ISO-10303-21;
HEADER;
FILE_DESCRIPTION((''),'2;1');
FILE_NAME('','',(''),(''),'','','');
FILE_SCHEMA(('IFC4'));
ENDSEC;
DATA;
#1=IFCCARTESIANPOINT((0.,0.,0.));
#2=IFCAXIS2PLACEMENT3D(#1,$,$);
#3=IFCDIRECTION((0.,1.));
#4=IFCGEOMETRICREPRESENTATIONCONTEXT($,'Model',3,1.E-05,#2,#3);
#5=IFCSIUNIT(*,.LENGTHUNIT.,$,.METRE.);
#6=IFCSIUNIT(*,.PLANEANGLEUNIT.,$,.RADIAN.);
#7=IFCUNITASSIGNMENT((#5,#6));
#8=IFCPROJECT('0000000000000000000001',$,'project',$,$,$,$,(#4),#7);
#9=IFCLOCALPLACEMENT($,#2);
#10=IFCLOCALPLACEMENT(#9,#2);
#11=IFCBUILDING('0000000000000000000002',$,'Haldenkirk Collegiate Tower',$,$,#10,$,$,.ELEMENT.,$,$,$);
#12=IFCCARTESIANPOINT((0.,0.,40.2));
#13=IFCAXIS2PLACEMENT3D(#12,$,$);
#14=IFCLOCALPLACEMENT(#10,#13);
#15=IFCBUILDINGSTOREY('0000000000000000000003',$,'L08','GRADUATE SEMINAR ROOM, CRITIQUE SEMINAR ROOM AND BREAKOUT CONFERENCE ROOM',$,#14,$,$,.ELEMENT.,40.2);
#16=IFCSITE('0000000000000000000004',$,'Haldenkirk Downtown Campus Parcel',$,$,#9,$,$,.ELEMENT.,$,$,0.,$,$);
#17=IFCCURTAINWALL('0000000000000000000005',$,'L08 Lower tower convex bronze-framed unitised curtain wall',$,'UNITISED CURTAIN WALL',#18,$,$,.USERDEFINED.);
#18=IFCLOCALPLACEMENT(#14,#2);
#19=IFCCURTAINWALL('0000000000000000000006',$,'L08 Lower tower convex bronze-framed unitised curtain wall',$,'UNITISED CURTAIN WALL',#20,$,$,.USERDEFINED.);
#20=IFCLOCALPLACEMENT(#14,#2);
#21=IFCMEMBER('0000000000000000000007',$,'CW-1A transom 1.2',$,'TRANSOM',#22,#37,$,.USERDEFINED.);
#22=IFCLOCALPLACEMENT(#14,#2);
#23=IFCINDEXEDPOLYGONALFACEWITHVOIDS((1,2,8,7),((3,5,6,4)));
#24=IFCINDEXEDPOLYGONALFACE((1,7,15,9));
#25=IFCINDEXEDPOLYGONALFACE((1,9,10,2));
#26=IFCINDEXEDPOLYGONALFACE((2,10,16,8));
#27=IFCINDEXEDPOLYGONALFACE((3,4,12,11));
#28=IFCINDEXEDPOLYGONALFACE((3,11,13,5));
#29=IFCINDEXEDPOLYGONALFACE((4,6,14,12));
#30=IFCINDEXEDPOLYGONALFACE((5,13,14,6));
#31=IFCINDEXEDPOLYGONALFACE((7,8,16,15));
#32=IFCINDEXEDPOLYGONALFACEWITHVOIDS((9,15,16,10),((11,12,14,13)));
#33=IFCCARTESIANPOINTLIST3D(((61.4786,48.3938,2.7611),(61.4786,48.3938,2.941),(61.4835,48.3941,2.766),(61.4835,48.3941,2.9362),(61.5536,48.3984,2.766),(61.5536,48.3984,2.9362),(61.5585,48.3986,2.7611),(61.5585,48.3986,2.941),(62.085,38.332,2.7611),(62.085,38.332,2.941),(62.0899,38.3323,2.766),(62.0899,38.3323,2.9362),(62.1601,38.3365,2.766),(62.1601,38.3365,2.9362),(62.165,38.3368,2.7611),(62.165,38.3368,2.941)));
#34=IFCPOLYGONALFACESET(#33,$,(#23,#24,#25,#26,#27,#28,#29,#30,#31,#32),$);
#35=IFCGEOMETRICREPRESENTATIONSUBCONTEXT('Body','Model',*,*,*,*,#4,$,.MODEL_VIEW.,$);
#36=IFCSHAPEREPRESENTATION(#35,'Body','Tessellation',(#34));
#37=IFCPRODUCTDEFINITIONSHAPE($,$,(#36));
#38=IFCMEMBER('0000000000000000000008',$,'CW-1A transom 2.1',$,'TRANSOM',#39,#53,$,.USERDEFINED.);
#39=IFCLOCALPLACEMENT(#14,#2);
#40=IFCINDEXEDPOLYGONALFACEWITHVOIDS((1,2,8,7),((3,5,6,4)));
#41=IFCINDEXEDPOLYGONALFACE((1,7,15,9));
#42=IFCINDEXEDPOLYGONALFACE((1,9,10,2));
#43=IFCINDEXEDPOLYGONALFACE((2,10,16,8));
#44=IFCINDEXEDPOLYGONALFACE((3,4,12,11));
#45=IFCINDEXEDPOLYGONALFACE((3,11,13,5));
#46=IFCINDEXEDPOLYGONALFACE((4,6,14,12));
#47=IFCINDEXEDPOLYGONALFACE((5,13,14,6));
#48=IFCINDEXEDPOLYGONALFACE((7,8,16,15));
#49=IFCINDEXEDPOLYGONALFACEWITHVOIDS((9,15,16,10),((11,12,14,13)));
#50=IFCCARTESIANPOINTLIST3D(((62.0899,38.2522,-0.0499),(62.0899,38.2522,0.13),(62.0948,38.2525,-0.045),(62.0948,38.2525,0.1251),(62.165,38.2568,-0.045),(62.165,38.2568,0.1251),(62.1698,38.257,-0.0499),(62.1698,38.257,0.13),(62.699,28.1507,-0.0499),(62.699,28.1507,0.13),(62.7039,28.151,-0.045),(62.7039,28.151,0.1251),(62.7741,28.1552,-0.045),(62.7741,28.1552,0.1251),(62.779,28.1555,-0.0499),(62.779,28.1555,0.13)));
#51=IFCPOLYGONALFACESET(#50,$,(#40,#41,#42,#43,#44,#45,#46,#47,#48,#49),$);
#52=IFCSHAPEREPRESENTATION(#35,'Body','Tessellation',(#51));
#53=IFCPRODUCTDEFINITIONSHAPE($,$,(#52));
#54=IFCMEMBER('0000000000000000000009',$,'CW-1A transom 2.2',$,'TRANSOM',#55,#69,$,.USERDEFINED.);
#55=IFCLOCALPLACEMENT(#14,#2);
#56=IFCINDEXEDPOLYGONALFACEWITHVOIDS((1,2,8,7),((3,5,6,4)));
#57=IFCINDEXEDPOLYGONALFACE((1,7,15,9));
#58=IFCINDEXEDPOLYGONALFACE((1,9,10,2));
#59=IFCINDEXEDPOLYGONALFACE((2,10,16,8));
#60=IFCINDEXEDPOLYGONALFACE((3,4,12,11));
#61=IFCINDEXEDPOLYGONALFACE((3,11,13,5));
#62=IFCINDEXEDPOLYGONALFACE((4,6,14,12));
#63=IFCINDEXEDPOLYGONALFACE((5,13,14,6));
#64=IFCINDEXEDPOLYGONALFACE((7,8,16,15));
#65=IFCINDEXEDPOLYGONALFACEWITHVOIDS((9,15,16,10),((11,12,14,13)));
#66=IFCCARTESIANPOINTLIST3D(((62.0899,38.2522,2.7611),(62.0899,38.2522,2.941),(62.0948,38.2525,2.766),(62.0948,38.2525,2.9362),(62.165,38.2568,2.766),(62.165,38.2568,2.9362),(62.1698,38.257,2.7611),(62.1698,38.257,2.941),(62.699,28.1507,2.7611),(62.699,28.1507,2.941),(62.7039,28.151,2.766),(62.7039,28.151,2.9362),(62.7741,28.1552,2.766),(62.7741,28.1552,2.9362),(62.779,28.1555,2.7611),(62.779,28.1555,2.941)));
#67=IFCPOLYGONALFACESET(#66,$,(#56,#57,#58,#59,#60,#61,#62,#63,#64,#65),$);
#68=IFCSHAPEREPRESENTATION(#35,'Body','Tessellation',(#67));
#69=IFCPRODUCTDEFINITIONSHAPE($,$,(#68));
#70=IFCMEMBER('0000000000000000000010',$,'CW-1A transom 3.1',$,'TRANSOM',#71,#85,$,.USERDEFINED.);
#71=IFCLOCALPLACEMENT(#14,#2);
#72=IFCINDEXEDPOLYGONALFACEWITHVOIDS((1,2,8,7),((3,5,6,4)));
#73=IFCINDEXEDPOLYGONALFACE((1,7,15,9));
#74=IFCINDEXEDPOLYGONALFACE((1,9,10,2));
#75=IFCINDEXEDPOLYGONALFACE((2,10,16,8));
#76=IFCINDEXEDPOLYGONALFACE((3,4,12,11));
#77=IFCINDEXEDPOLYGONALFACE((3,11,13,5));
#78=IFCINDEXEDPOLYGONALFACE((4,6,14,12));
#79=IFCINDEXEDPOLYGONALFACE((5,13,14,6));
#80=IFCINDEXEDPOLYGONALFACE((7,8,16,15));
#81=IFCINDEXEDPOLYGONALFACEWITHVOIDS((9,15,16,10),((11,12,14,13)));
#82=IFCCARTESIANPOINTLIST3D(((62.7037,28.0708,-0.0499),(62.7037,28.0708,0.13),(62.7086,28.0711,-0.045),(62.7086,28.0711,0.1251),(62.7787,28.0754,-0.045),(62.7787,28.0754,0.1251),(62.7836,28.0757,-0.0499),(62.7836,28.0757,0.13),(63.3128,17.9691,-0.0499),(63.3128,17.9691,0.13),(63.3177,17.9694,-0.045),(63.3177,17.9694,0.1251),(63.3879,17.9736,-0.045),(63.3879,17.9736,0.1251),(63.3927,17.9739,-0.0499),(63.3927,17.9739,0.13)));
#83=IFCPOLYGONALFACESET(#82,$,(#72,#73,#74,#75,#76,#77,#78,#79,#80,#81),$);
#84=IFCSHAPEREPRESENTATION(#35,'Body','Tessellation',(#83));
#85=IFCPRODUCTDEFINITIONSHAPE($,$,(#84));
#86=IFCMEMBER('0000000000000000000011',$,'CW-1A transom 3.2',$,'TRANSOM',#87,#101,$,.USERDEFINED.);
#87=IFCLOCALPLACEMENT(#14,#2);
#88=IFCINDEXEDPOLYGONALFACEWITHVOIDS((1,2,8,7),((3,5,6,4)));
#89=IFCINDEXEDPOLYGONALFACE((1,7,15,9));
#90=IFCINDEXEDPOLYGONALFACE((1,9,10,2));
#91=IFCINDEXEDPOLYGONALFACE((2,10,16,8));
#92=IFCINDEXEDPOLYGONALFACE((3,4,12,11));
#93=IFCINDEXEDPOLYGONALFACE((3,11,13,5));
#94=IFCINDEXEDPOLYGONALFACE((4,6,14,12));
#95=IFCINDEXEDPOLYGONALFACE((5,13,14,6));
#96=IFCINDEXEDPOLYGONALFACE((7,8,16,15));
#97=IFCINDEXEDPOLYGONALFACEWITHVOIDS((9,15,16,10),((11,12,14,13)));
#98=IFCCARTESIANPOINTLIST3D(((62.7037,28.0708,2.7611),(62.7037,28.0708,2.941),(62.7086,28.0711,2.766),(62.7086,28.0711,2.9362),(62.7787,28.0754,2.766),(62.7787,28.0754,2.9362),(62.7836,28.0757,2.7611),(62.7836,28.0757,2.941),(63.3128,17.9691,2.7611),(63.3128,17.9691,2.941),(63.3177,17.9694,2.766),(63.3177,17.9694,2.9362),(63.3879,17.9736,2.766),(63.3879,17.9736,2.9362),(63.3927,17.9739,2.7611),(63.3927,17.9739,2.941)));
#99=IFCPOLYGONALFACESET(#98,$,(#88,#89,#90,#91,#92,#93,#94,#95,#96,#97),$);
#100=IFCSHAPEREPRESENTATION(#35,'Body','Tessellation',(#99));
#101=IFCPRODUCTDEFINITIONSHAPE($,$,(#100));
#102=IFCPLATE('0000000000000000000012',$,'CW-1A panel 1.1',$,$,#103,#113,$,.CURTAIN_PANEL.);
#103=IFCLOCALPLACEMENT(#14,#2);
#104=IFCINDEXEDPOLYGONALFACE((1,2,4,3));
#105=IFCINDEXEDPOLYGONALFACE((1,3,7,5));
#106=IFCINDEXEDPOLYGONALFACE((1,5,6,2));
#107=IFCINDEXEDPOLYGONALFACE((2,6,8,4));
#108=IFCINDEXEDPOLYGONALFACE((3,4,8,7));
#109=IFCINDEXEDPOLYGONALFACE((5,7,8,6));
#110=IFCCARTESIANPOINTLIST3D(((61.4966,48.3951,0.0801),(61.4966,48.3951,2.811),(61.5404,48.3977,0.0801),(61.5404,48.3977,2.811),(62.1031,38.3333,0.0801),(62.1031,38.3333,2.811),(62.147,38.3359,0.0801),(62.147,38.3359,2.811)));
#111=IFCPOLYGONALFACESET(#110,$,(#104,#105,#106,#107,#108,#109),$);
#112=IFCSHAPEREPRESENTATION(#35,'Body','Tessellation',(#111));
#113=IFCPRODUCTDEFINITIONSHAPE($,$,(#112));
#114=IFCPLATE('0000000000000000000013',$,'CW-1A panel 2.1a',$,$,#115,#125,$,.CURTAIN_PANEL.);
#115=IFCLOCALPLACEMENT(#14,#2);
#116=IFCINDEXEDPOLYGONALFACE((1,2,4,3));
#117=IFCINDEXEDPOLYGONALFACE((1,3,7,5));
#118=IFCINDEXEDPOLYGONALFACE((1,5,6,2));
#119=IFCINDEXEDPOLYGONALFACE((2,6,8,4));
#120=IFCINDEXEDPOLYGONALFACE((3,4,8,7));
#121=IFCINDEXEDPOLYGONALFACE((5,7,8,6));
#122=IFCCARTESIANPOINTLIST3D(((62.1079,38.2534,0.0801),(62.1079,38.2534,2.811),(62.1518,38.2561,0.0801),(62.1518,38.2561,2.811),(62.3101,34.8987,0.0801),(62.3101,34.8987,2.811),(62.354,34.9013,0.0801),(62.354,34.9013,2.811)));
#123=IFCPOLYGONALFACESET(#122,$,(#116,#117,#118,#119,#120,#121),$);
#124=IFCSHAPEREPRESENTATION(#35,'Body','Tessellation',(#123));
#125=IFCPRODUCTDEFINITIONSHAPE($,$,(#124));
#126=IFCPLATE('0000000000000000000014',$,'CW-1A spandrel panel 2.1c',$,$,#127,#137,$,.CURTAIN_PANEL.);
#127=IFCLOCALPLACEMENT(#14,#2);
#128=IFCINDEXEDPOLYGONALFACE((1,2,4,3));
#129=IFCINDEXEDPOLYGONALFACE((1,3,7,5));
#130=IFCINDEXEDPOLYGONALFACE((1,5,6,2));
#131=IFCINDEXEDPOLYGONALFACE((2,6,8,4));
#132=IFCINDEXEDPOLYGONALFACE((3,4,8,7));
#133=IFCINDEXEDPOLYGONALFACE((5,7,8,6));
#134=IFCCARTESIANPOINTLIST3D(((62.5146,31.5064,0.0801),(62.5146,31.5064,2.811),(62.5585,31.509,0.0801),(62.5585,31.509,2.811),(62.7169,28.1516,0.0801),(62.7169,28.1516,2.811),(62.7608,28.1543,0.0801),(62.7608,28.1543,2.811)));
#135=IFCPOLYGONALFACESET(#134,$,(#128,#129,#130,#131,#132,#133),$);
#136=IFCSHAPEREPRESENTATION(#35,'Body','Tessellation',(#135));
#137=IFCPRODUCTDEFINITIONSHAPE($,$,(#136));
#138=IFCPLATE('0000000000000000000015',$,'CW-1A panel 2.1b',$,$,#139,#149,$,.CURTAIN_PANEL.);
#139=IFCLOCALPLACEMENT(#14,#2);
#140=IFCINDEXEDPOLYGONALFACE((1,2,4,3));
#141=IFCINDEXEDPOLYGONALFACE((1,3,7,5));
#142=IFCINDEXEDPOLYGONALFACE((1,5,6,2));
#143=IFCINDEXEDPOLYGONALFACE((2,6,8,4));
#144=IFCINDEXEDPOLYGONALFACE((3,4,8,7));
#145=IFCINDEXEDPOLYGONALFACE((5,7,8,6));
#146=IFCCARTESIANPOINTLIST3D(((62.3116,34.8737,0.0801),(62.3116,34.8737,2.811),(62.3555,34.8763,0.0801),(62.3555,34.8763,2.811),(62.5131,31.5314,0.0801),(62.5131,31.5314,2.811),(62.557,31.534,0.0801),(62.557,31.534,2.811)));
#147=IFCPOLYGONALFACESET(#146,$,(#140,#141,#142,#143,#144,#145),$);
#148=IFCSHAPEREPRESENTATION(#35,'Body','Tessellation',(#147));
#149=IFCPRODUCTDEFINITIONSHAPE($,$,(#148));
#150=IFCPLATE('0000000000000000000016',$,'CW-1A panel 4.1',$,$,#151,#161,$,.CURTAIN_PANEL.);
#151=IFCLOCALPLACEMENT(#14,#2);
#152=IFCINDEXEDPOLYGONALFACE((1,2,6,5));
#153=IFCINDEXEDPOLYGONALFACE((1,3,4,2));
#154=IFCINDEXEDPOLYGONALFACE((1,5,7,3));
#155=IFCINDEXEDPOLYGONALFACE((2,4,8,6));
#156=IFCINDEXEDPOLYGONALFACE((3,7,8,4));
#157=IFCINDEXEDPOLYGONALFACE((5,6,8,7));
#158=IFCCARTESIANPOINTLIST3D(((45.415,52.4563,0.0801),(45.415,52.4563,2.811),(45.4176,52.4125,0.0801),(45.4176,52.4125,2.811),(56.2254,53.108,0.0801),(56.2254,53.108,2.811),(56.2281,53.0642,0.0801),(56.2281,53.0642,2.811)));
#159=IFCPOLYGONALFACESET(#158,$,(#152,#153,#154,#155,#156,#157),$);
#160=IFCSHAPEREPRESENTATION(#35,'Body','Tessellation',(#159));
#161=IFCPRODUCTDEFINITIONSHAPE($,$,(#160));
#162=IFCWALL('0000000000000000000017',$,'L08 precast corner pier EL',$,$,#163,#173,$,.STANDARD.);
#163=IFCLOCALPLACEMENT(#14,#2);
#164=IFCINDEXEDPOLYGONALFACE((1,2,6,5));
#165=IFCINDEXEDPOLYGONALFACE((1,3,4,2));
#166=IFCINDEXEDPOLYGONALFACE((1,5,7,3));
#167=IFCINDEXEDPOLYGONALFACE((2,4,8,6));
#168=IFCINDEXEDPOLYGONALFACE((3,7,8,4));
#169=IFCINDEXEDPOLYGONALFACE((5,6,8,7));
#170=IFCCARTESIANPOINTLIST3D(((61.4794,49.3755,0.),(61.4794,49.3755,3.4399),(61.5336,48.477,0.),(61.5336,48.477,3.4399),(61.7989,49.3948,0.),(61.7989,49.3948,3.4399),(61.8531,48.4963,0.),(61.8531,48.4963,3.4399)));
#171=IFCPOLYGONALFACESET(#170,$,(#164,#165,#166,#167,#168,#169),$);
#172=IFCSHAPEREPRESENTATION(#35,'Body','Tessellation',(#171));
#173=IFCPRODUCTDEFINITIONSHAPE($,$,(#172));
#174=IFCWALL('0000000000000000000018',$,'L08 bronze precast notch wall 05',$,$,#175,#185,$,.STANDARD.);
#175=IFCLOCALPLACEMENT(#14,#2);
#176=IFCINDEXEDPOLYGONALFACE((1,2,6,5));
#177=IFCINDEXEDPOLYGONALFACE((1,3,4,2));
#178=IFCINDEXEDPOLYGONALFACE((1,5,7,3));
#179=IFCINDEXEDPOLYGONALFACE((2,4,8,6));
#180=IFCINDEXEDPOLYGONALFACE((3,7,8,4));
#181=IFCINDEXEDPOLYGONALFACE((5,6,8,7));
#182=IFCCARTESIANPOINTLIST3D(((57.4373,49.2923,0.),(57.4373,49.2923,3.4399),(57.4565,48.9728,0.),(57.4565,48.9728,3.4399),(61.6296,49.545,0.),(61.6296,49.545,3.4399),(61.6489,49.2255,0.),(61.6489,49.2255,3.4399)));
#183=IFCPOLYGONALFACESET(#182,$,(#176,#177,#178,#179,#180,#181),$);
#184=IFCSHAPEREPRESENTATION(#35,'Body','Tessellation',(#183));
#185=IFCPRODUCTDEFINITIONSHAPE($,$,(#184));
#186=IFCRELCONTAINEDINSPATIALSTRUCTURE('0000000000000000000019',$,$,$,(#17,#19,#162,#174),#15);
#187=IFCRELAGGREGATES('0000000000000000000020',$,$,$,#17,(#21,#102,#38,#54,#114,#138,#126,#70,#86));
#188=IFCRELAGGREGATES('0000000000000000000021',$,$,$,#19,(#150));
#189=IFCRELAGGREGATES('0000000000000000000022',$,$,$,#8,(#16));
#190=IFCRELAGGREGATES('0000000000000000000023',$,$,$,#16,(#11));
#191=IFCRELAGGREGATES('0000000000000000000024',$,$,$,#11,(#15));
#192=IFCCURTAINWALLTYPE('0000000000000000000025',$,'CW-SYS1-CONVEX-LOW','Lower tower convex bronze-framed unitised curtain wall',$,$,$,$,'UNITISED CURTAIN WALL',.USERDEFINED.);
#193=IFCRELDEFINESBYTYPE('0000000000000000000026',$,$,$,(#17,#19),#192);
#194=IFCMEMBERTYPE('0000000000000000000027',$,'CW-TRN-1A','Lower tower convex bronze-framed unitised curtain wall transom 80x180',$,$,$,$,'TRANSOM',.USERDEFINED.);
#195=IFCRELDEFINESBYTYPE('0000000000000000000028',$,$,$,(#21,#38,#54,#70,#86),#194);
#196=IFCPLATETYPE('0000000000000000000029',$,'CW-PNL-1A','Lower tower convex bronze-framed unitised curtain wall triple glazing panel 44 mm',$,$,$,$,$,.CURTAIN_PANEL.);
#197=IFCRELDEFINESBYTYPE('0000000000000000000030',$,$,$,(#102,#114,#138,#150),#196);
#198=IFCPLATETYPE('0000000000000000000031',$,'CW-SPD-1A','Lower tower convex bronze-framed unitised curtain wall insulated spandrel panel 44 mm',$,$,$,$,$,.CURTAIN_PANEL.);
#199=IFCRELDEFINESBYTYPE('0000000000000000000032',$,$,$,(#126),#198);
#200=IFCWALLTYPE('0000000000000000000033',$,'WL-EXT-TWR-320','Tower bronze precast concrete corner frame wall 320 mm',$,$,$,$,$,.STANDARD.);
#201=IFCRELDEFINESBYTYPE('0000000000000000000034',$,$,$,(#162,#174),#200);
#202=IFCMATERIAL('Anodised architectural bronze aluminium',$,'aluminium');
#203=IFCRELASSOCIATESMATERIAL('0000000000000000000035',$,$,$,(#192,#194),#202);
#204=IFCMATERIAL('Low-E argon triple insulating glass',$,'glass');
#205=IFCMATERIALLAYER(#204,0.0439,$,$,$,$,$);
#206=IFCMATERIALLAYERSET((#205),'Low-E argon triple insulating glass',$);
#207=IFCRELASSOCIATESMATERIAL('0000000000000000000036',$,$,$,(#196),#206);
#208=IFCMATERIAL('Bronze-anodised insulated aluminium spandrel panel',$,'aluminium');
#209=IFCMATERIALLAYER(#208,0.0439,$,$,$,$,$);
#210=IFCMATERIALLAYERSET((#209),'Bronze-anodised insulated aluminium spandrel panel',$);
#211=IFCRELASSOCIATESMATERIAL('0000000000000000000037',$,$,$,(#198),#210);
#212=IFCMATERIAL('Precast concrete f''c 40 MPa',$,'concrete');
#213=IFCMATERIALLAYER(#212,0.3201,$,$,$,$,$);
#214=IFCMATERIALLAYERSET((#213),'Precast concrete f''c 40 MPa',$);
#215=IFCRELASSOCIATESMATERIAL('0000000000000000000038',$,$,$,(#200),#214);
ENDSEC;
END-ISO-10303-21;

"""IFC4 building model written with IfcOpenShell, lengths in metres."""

from ifc_helpers import new_model, si_unit, direction, frame, frame_2d, origin, origin_2d, place, context, subcontext, project, spatial, rectangle, hollow_rectangle, extrude, source, transform, mapped, material, layer, layer_set, material_profile, profile_set, type_object, element, aggregate, save


model = new_model("IFC4")

# Units and contexts
model_context = context("Model", 3, precision=1e-05, world=origin(), true_north=direction((0.0, 1.0)))
body_context = subcontext(model_context, "Body", "Model", "MODEL_VIEW")
ifc_project = project(units=[si_unit("LENGTHUNIT", "METRE"), si_unit("PLANEANGLEUNIT", "RADIAN")], contexts=[model_context])

# Site, building, storey
site_placement = place(None, origin())
site = spatial("IfcSite", under=ifc_project, at=site_placement, Name="Haldenkirk Downtown Campus Parcel", CompositionType="ELEMENT", RefElevation=0.0)
building_placement = place(site_placement, origin())
building = spatial("IfcBuilding", under=site, at=building_placement, Name="Haldenkirk Collegiate Tower", CompositionType="ELEMENT")
storey_placement = place(building_placement, frame((0.0, 0.0, 40.2)))
storey = spatial("IfcBuildingStorey", under=building, at=storey_placement, Name="L08", Description="GRADUATE SEMINAR ROOM, CRITIQUE SEMINAR ROOM AND BREAKOUT CONFERENCE ROOM", CompositionType="ELEMENT", Elevation=40.2)

# Curtain wall
ifc_material_1 = material(Name="Anodised architectural bronze aluminium", Category="aluminium")
curtain_wall_type = type_object("IfcCurtainWallType", Name="CW-SYS1-CONVEX-LOW", Description="Lower tower convex bronze-framed unitised curtain wall", ElementType="UNITISED CURTAIN WALL", PredefinedType="USERDEFINED", material=ifc_material_1)
curtain_wall_1_placement = place(storey_placement, origin())
curtain_wall_1 = element("IfcCurtainWall", 1, at=curtain_wall_1_placement, inside=storey, type_object=curtain_wall_type, Name="L08 Lower tower convex bronze-framed unitised curtain wall", ObjectType="UNITISED CURTAIN WALL", PredefinedType="USERDEFINED")

# Curtain wall
curtain_wall_2_placement = place(storey_placement, origin())
curtain_wall_2 = element("IfcCurtainWall", 2, at=curtain_wall_2_placement, inside=storey, type_object=curtain_wall_type, Name="L08 Lower tower convex bronze-framed unitised curtain wall", ObjectType="UNITISED CURTAIN WALL", PredefinedType="USERDEFINED")

# Members
ifc_material_profile_1 = material_profile(ifc_material_1, hollow_rectangle(XDim=0.0801, YDim=0.1799, WallThickness=0.0049, at=origin_2d()), Name="CW-TRN-1A")
ifc_profile_set_1 = profile_set([ifc_material_profile_1], Name="Anodised architectural bronze aluminium")
member_type_1 = type_object("IfcMemberType", Name="CW-TRN-1A", Description="Lower tower convex bronze-framed unitised curtain wall transom 80x180", ElementType="TRANSOM", PredefinedType="USERDEFINED", material=ifc_profile_set_1)
member_1_placement = place(storey_placement, frame((61.5186, 48.3962, 2.8511), z_axis=(0.060163, -0.998189, 0.0), x_axis=(0.998189, 0.060163, 0.0)))
member_1 = element("IfcMember", 3, at=member_1_placement, type_object=member_type_1, Name="CW-1A transom 1.2", ObjectType="TRANSOM", PredefinedType="USERDEFINED", context=body_context, shape_type="SweptSolid", body=[
    extrude(hollow_rectangle(XDim=0.0801, YDim=0.1799, WallThickness=0.0049, at=origin_2d()), origin(), (0.0, 0.0, 1.0), 10.0801),
])
member_2_placement = place(storey_placement, frame((62.1299, 38.2546, 0.04), z_axis=(0.060191, -0.998187, 0.0), x_axis=(0.998187, 0.060191, 0.0)))
member_2 = element("IfcMember", 4, at=member_2_placement, type_object=member_type_1, Name="CW-1A transom 2.1", ObjectType="TRANSOM", PredefinedType="USERDEFINED", context=body_context, shape_type="SweptSolid", body=[
    extrude(hollow_rectangle(XDim=0.0801, YDim=0.1799, WallThickness=0.0049, at=origin_2d()), origin(), (0.0, 0.0, 1.0), 10.1199),
])
member_3_placement = place(storey_placement, frame((62.1299, 38.2546, 2.8511), z_axis=(0.060191, -0.998187, 0.0), x_axis=(0.998187, 0.060191, 0.0)))
member_3 = element("IfcMember", 5, at=member_3_placement, type_object=member_type_1, Name="CW-1A transom 2.2", ObjectType="TRANSOM", PredefinedType="USERDEFINED", context=body_context, shape_type="SweptSolid", body=[
    extrude(hollow_rectangle(XDim=0.0801, YDim=0.1799, WallThickness=0.0049, at=origin_2d()), origin(), (0.0, 0.0, 1.0), 10.1199),
])
member_4_placement = place(storey_placement, frame((62.7437, 28.0732, 0.04), z_axis=(0.06019, -0.998187, 0.0), x_axis=(0.998187, 0.06019, 0.0)))
member_4 = element("IfcMember", 6, at=member_4_placement, type_object=member_type_1, Name="CW-1A transom 3.1", ObjectType="TRANSOM", PredefinedType="USERDEFINED", context=body_context, shape_type="SweptSolid", body=[
    extrude(hollow_rectangle(XDim=0.0801, YDim=0.1799, WallThickness=0.0049, at=origin_2d()), origin(), (0.0, 0.0, 1.0), 10.1201),
])
member_5_placement = place(storey_placement, frame((62.7437, 28.0732, 2.8511), z_axis=(0.06019, -0.998187, 0.0), x_axis=(0.998187, 0.06019, 0.0)))
member_5 = element("IfcMember", 7, at=member_5_placement, type_object=member_type_1, Name="CW-1A transom 3.2", ObjectType="TRANSOM", PredefinedType="USERDEFINED", context=body_context, shape_type="SweptSolid", body=[
    extrude(hollow_rectangle(XDim=0.0801, YDim=0.1799, WallThickness=0.0049, at=origin_2d()), origin(), (0.0, 0.0, 1.0), 10.1201),
])

# Plates
ifc_material_2 = material(Name="Low-E argon triple insulating glass", Category="glass")
ifc_layer_1 = layer(ifc_material_2, 0.0439)
ifc_layer_set_1 = layer_set([ifc_layer_1], Name="Low-E argon triple insulating glass")
plate_type_1 = type_object("IfcPlateType", Name="CW-PNL-1A", Description="Lower tower convex bronze-framed unitised curtain wall triple glazing panel 44 mm", PredefinedType="CURTAIN_PANEL", material=ifc_layer_set_1)
shared_shape_1 = source(origin(), body_context, "Body", "SweptSolid", [
    extrude(rectangle(XDim=10.0801, YDim=0.0439, at=origin_2d()), origin(), (0.0, 0.0, 1.0), 2.731),
])
plate_1_placement = place(storey_placement, frame((61.8218, 43.3655, 0.0801), z_axis=(0.0, 0.0, 1.0), x_axis=(0.060177, -0.998188, 0.0)))
plate_1 = element("IfcPlate", 8, at=plate_1_placement, type_object=plate_type_1, Name="CW-1A panel 1.1", PredefinedType="CURTAIN_PANEL", context=body_context, shape_type="MappedRepresentation", body=[
    mapped(shared_shape_1, transform((0.0, 0.0, 0.0), x_axis=(1.0, 0.0, 0.0), y_axis=(0.0, 1.0, 0.0), z_axis=(0.0, 0.0, 1.0), scale=1.0)),
])
shared_shape_2 = source(origin(), body_context, "Body", "SweptSolid", [
    extrude(rectangle(XDim=3.3608, YDim=0.0439, at=origin_2d()), origin(), (0.0, 0.0, 1.0), 2.731),
])
plate_2_placement = place(storey_placement, frame((62.231, 36.5774, 0.0801), z_axis=(0.0, 0.0, 1.0), x_axis=(0.060177, -0.998188, 0.0)))
plate_2 = element("IfcPlate", 9, at=plate_2_placement, type_object=plate_type_1, Name="CW-1A panel 2.1a", PredefinedType="CURTAIN_PANEL", context=body_context, shape_type="MappedRepresentation", body=[
    mapped(shared_shape_2, transform((0.0, 0.0, 0.0), x_axis=(1.0, 0.0, 0.0), y_axis=(0.0, 1.0, 0.0), z_axis=(0.0, 0.0, 1.0), scale=1.0)),
])
ifc_material_3 = material(Name="Bronze-anodised insulated aluminium spandrel panel", Category="aluminium")
ifc_layer_2 = layer(ifc_material_3, 0.0439)
ifc_layer_set_2 = layer_set([ifc_layer_2], Name="Bronze-anodised insulated aluminium spandrel panel")
plate_type_2 = type_object("IfcPlateType", Name="CW-SPD-1A", Description="Lower tower convex bronze-framed unitised curtain wall insulated spandrel panel 44 mm", PredefinedType="CURTAIN_PANEL", material=ifc_layer_set_2)
plate_3_placement = place(storey_placement, frame((62.6377, 29.8303, 0.0801), z_axis=(0.0, 0.0, 1.0), x_axis=(0.060177, -0.998188, 0.0)))
plate_3 = element("IfcPlate", 10, at=plate_3_placement, type_object=plate_type_2, Name="CW-1A spandrel panel 2.1c", PredefinedType="CURTAIN_PANEL", context=body_context, shape_type="MappedRepresentation", body=[
    mapped(shared_shape_2, transform((0.0, 0.0, 0.0), x_axis=(1.0, 0.0, 0.0), y_axis=(0.0, 1.0, 0.0), z_axis=(0.0, 0.0, 1.0), scale=1.0)),
])
shared_shape_3 = source(origin(), body_context, "Body", "SweptSolid", [
    extrude(rectangle(XDim=3.3484, YDim=0.0439, at=origin_2d()), origin(), (0.0, 0.0, 1.0), 2.731),
])
plate_4_placement = place(storey_placement, frame((62.4343, 33.2039, 0.0801), z_axis=(0.0, 0.0, 1.0), x_axis=(0.060177, -0.998188, 0.0)))
plate_4 = element("IfcPlate", 11, at=plate_4_placement, type_object=plate_type_1, Name="CW-1A panel 2.1b", PredefinedType="CURTAIN_PANEL", context=body_context, shape_type="MappedRepresentation", body=[
    mapped(shared_shape_3, transform((0.0, 0.0, 0.0), x_axis=(1.0, 0.0, 0.0), y_axis=(0.0, 1.0, 0.0), z_axis=(0.0, 0.0, 1.0), scale=1.0)),
])
aggregate(curtain_wall_1, [member_1, plate_1, member_2, member_3, plate_2, plate_4, plate_3, member_4, member_5])
shared_shape_4 = source(origin(), body_context, "Body", "SweptSolid", [
    extrude(rectangle(XDim=10.8301, YDim=0.0439, at=origin_2d()), origin(), (0.0, 0.0, 1.0), 2.731),
])
plate_5_placement = place(storey_placement, frame((50.8215, 52.7603, 0.0801), z_axis=(0.0, 0.0, 1.0), x_axis=(0.998188, 0.060176, 0.0)))
plate_5 = element("IfcPlate", 12, at=plate_5_placement, type_object=plate_type_1, Name="CW-1A panel 4.1", PredefinedType="CURTAIN_PANEL", context=body_context, shape_type="MappedRepresentation", body=[
    mapped(shared_shape_4, transform((0.0, 0.0, 0.0), x_axis=(1.0, 0.0, 0.0), y_axis=(0.0, 1.0, 0.0), z_axis=(0.0, 0.0, 1.0), scale=1.0)),
])
aggregate(curtain_wall_2, [plate_5])

# Walls
ifc_material_4 = material(Name="Precast concrete f'c 40 MPa", Category="concrete")
ifc_layer_3 = layer(ifc_material_4, 0.3201)
ifc_layer_set_3 = layer_set([ifc_layer_3], Name="Precast concrete f'c 40 MPa")
wall_type_1 = type_object("IfcWallType", Name="WL-EXT-TWR-320", Description="Tower bronze precast concrete corner frame wall 320 mm", PredefinedType="STANDARD", material=ifc_layer_set_3)
wall_1_placement = place(storey_placement, frame((61.6392, 49.3853, 0.0), z_axis=(0.0, 0.0, 1.0), x_axis=(0.060217, -0.998185, 0.0)))
element("IfcWall", 13, at=wall_1_placement, inside=storey, type_object=wall_type_1, Name="L08 precast corner pier EL", PredefinedType="STANDARD", context=body_context, shape_type="SweptSolid", body=[
    extrude(rectangle(XDim=0.9001, YDim=0.3201, at=frame_2d((0.4502, 0.0))), origin(), (0.0, 0.0, 1.0), 3.4399),
])
wall_2_placement = place(storey_placement, frame((57.4468, 49.1326, 0.0), z_axis=(0.0, 0.0, 1.0), x_axis=(0.998189, 0.060163, 0.0)))
element("IfcWall", 14, at=wall_2_placement, inside=storey, type_object=wall_type_1, Name="L08 bronze precast notch wall 05", PredefinedType="STANDARD", context=body_context, shape_type="SweptSolid", body=[
    extrude(rectangle(XDim=4.2, YDim=0.3201, at=frame_2d((2.1001, 0.0))), origin(), (0.0, 0.0, 1.0), 3.4399),
])

save(model, "model.ifc")
